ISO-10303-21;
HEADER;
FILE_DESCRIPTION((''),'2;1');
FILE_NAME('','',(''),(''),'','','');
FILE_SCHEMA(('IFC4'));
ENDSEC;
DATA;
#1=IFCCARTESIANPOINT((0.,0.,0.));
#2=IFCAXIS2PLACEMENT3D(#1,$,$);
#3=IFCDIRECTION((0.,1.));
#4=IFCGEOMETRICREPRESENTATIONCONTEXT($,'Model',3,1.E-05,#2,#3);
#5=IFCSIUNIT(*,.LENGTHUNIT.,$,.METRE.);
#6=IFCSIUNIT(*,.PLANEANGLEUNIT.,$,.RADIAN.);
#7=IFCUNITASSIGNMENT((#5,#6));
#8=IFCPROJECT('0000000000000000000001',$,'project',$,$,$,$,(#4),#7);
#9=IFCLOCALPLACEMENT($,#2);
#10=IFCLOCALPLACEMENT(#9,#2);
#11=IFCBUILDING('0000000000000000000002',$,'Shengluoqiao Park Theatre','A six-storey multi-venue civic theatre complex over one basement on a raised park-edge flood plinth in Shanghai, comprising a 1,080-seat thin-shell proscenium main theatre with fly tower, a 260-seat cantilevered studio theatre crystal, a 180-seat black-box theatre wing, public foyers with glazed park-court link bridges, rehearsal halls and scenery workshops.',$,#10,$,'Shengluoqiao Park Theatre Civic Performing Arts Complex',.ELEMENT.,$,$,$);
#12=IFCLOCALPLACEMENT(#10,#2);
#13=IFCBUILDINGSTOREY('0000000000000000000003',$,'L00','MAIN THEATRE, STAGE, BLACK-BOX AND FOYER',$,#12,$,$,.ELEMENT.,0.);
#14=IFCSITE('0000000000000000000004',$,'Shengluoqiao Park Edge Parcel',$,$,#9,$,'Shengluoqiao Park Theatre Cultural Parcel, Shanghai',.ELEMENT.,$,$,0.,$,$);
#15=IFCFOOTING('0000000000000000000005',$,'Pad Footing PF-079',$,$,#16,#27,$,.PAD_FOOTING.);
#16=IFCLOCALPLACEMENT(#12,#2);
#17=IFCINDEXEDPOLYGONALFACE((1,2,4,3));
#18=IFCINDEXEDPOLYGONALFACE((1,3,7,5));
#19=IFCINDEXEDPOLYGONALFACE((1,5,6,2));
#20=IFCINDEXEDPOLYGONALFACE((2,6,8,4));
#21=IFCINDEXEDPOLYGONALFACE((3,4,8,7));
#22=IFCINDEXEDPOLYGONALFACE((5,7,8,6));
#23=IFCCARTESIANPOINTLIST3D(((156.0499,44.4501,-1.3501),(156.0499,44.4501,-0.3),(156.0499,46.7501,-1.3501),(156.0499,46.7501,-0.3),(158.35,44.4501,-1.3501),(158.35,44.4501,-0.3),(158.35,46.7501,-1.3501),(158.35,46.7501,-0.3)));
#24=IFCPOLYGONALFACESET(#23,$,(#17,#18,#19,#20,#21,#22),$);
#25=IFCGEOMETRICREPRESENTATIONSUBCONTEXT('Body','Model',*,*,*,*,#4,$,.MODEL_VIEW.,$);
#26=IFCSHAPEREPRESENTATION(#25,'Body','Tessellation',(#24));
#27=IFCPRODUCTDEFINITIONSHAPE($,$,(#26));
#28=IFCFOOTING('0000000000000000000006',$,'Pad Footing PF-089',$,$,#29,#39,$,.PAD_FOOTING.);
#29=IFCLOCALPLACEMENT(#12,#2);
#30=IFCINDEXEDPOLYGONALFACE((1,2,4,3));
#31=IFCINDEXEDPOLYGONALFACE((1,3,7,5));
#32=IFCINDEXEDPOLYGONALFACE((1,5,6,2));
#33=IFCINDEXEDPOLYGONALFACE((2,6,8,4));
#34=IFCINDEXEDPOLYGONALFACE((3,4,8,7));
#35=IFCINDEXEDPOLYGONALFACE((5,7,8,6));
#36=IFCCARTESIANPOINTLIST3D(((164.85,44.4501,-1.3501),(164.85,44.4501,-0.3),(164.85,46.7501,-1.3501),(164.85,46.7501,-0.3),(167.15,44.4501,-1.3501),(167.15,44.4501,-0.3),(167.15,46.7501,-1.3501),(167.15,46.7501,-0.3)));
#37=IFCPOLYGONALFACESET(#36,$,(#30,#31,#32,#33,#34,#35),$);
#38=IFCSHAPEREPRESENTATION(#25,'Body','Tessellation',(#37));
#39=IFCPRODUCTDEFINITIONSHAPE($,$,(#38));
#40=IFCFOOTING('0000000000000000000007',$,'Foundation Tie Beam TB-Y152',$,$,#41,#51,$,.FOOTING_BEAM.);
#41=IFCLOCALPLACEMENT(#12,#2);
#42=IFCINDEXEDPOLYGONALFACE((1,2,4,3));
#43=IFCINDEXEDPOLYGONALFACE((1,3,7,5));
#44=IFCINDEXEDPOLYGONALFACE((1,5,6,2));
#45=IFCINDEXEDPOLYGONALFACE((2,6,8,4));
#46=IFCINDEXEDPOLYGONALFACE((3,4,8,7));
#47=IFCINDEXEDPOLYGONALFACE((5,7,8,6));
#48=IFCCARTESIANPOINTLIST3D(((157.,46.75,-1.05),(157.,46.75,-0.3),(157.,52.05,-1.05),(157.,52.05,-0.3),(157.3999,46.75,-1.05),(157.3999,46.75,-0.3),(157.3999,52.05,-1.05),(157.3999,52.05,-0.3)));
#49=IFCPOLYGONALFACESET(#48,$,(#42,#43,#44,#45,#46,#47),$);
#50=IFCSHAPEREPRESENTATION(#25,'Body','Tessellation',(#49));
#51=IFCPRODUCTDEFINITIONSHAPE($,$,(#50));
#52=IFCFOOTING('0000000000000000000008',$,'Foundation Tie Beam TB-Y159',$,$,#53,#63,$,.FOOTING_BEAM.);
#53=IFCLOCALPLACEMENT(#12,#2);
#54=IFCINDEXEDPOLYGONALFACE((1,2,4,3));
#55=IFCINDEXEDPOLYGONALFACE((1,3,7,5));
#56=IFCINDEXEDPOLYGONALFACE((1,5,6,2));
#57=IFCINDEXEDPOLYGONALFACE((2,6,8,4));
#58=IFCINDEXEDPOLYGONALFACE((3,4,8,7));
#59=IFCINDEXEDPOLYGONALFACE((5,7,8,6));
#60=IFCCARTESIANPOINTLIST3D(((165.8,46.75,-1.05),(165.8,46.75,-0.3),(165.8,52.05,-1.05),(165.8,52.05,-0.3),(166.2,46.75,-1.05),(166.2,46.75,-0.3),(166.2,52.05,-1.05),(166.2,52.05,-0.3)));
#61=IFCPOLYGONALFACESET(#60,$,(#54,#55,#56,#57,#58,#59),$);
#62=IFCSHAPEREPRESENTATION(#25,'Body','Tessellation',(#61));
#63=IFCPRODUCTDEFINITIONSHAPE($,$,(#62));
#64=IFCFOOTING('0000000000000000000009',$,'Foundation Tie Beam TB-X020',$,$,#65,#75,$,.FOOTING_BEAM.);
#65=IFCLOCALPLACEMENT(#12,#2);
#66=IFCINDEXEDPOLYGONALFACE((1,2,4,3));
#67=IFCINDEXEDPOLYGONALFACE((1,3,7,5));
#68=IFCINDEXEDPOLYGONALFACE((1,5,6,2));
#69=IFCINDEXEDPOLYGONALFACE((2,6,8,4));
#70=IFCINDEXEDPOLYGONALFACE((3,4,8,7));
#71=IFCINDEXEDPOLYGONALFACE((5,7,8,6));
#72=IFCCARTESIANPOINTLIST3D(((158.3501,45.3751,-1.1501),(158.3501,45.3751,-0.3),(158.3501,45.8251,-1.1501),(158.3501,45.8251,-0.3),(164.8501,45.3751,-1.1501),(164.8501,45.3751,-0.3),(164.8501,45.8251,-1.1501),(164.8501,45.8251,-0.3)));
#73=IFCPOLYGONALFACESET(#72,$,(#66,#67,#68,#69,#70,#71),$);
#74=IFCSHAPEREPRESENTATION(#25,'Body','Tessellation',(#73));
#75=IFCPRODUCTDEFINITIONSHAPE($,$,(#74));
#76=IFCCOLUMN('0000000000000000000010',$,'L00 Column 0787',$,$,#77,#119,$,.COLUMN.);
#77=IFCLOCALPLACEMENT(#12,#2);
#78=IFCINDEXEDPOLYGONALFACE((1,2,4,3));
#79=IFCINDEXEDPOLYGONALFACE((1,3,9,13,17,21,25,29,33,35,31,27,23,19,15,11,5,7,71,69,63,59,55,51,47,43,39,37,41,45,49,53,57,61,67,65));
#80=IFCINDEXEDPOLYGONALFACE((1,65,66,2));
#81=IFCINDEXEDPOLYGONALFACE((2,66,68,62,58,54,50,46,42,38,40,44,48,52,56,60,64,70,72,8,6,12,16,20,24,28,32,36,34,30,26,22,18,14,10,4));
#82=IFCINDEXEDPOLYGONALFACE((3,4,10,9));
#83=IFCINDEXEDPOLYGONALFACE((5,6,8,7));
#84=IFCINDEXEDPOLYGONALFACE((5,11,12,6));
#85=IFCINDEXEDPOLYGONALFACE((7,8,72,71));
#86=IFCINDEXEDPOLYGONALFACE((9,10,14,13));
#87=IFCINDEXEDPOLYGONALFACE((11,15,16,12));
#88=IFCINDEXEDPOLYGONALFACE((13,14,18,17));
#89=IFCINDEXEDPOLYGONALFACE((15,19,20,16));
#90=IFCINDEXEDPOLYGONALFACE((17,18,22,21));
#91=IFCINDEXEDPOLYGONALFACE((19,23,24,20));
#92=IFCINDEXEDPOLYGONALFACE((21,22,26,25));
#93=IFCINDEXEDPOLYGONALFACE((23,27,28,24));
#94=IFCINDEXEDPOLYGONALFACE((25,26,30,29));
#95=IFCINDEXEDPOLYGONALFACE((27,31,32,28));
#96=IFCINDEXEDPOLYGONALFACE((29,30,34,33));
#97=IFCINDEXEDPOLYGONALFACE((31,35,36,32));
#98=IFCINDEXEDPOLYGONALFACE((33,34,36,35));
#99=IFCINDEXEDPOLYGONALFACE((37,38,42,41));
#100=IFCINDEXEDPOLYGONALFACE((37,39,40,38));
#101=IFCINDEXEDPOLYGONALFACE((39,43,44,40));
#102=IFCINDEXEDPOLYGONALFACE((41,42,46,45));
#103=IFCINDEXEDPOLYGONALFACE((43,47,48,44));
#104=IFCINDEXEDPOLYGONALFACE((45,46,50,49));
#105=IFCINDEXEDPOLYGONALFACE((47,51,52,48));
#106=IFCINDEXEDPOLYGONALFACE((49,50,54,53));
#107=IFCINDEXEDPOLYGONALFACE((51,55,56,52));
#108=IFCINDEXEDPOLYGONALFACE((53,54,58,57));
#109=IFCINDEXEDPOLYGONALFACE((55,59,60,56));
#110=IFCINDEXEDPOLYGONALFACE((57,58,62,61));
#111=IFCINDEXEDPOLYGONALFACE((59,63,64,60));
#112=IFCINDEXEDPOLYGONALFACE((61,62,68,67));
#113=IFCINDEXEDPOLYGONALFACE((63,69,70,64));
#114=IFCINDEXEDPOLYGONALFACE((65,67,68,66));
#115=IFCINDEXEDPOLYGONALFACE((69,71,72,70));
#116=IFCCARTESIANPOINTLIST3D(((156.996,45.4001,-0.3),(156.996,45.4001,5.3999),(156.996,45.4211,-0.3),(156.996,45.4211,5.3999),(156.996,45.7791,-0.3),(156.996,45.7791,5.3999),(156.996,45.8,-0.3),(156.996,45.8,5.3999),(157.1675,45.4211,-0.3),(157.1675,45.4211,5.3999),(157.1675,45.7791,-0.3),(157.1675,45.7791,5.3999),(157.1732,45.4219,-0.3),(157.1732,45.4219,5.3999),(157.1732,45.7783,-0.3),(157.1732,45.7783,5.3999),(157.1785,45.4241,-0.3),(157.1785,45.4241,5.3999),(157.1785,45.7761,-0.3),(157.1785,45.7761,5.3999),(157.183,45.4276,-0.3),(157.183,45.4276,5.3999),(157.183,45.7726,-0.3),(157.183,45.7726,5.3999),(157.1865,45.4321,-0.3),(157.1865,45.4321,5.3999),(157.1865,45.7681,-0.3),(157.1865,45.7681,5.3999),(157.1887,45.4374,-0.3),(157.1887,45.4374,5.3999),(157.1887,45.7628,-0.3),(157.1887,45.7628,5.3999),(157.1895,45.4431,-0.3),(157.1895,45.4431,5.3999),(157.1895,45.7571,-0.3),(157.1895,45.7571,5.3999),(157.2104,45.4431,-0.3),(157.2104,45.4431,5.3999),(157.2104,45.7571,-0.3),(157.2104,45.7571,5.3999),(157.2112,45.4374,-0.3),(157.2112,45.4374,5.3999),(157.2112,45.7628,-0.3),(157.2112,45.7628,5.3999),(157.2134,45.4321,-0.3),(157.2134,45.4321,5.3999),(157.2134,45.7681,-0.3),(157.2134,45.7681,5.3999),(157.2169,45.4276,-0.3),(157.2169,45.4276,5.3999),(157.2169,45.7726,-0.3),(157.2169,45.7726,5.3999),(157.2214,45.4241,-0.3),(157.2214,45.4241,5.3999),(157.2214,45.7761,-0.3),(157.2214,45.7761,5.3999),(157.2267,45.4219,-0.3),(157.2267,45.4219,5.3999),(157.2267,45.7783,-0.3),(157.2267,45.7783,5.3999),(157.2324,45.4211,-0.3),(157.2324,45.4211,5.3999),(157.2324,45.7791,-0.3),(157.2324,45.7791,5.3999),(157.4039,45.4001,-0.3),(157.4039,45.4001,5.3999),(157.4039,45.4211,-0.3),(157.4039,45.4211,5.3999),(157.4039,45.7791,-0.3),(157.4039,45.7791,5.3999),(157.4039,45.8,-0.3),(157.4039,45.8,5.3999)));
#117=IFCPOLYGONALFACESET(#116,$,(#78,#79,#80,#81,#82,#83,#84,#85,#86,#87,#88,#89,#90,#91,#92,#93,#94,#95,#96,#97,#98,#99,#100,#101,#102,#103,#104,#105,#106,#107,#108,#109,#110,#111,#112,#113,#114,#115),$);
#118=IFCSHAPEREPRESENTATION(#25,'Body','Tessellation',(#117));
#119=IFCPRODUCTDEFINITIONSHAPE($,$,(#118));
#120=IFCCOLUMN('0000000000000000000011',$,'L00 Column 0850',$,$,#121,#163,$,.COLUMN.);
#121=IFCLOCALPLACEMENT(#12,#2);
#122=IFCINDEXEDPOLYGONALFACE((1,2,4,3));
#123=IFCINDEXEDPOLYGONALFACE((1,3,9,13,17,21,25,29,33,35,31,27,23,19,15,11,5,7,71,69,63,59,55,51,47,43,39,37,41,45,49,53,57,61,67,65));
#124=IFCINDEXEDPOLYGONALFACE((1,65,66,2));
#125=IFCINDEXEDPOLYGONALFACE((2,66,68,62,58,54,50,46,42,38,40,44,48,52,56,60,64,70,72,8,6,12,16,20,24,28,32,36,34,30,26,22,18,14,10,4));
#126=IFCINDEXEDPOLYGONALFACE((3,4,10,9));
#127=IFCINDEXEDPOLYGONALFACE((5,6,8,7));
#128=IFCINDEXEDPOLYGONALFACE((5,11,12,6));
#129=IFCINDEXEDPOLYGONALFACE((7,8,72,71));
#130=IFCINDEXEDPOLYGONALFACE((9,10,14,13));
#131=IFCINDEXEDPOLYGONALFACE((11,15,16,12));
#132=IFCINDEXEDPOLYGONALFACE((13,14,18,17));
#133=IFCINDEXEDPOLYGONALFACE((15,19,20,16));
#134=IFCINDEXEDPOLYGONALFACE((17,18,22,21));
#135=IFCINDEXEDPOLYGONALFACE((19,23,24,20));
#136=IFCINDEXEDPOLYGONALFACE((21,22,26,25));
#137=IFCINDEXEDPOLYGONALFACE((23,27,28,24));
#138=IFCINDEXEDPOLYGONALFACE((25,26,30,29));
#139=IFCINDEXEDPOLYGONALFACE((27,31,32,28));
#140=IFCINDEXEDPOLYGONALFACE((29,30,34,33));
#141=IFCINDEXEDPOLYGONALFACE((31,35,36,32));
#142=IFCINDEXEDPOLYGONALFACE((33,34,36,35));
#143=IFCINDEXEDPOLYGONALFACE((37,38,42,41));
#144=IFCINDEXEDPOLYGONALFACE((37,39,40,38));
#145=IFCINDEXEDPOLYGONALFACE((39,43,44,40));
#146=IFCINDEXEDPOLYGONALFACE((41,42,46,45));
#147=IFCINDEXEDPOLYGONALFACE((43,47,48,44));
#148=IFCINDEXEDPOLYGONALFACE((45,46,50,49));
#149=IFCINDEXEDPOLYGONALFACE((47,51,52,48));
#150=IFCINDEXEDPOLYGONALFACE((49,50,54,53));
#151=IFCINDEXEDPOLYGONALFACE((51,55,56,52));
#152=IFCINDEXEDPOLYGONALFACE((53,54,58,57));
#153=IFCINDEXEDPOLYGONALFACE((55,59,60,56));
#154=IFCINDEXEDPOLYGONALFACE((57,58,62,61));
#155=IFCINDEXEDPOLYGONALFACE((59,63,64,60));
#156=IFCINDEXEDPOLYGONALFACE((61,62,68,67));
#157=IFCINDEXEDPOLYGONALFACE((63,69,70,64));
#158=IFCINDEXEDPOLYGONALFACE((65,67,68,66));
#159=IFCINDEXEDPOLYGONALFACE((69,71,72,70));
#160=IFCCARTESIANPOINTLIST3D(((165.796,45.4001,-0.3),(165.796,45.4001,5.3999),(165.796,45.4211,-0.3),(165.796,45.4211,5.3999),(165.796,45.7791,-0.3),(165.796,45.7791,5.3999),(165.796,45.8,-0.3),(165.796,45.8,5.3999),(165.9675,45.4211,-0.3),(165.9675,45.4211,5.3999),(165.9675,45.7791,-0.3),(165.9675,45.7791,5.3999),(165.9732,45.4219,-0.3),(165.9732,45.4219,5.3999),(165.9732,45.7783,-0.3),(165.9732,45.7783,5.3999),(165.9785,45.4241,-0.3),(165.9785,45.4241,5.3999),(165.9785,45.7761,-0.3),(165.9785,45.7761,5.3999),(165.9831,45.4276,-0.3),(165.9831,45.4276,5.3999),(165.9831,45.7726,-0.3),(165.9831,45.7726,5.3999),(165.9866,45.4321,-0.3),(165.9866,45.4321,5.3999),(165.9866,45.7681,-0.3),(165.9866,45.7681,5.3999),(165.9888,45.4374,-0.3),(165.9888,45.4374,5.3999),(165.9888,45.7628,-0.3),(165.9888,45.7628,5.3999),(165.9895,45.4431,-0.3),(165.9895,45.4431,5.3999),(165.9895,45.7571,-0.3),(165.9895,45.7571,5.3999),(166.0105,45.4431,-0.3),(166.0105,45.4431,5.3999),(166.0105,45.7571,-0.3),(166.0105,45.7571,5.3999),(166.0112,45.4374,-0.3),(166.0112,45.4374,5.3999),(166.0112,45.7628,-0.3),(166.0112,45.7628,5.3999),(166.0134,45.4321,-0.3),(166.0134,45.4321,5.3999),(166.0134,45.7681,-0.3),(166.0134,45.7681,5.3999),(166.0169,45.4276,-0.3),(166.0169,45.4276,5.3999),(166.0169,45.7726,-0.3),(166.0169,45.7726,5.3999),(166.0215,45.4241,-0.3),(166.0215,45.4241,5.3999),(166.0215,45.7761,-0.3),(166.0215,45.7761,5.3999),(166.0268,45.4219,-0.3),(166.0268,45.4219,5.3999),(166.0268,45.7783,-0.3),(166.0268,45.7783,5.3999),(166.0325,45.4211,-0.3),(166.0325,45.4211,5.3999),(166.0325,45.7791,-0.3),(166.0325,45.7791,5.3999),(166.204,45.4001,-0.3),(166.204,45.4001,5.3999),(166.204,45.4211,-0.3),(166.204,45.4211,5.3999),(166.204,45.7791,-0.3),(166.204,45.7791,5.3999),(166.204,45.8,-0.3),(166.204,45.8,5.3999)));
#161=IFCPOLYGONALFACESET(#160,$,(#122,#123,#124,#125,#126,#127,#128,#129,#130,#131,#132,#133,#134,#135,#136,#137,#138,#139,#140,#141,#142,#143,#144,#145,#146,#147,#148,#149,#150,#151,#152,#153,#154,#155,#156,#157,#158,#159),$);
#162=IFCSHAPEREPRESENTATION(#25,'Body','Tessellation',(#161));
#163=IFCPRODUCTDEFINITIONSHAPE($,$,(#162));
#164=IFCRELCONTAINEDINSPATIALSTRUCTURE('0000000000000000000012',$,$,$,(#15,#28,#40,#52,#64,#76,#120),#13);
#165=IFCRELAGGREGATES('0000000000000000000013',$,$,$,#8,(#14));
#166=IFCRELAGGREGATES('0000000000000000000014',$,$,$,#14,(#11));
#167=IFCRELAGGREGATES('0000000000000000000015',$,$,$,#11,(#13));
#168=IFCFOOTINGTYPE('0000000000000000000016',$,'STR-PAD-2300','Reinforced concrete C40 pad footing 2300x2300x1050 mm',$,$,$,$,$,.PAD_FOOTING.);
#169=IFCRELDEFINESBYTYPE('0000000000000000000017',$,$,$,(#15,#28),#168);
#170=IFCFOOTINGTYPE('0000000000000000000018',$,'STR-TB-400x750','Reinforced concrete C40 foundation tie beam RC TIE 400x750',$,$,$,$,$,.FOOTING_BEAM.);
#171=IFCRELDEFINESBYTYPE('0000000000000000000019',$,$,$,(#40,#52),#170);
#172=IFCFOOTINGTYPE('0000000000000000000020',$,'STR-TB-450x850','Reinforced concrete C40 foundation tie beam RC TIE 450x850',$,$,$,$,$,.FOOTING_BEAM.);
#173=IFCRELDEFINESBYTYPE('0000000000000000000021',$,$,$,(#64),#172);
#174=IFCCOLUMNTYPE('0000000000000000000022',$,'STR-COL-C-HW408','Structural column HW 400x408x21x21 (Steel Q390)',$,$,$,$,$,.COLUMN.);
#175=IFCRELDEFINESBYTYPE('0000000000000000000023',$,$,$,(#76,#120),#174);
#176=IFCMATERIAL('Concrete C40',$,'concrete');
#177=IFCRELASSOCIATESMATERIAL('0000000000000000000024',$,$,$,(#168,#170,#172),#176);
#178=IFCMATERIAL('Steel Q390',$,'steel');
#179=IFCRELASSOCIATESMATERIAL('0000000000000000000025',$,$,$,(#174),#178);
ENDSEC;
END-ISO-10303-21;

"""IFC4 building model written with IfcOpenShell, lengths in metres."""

from ifc_helpers import new_model, si_unit, direction, frame, origin, origin_2d, place, context, subcontext, project, spatial, rectangle, i_section, extrude, material, material_profile, profile_set, type_object, element, save


model = new_model("IFC4")

# Units and contexts
model_context = context("Model", 3, precision=1e-05, world=origin(), true_north=direction((0.0, 1.0)))
body_context = subcontext(model_context, "Body", "Model", "MODEL_VIEW")
ifc_project = project(units=[si_unit("LENGTHUNIT", "METRE"), si_unit("PLANEANGLEUNIT", "RADIAN")], contexts=[model_context])

# Site, building, storey
site_placement = place(None, origin())
site = spatial("IfcSite", under=ifc_project, at=site_placement, Name="Shengluoqiao Park Edge Parcel", LongName="Shengluoqiao Park Theatre Cultural Parcel, Shanghai", CompositionType="ELEMENT", RefElevation=0.0)
building_placement = place(site_placement, origin())
building = spatial("IfcBuilding", under=site, at=building_placement, Name="Shengluoqiao Park Theatre", Description="A six-storey multi-venue civic theatre complex over one basement on a raised park-edge flood plinth in Shanghai, comprising a 1,080-seat thin-shell proscenium main theatre with fly tower, a 260-seat cantilevered studio theatre crystal, a 180-seat black-box theatre wing, public foyers with glazed park-court link bridges, rehearsal halls and scenery workshops.", LongName="Shengluoqiao Park Theatre Civic Performing Arts Complex", CompositionType="ELEMENT")
storey_placement = place(building_placement, origin())
storey = spatial("IfcBuildingStorey", under=building, at=storey_placement, Name="L00", Description="MAIN THEATRE, STAGE, BLACK-BOX AND FOYER", CompositionType="ELEMENT", Elevation=0.0)

# Footings
ifc_material_1 = material(Name="Concrete C40", Category="concrete")
footing_type_1 = type_object("IfcFootingType", Name="STR-PAD-2300", Description="Reinforced concrete C40 pad footing 2300x2300x1050 mm", PredefinedType="PAD_FOOTING", material=ifc_material_1)
for number, where, z_axis, x_axis, name in (
    (1, (157.2, 45.6001, -1.3501), (0.0, 0.0, 1.0), (1.0, 0.0, 0.0), "Pad Footing PF-079"),
    (2, (166.0, 45.6001, -1.3501), (0.0, 0.0, 1.0), (1.0, 0.0, 0.0), "Pad Footing PF-089"),
):
    element("IfcFooting", number, at=place(storey_placement, frame(where, z_axis=z_axis, x_axis=x_axis)), inside=storey, type_object=footing_type_1, Name=name, PredefinedType="PAD_FOOTING", context=body_context, shape_type="SweptSolid", body=[
        extrude(rectangle(XDim=2.3, YDim=2.3, at=origin_2d()), origin(), (0.0, 0.0, 1.0), 1.05),
    ])
ifc_material_profile_1 = material_profile(ifc_material_1, rectangle(XDim=0.3999, YDim=0.75, at=origin_2d()), Name="RC TIE 400x750")
ifc_profile_set_1 = profile_set([ifc_material_profile_1], Name="Concrete C40")
footing_type_2 = type_object("IfcFootingType", Name="STR-TB-400x750", Description="Reinforced concrete C40 foundation tie beam RC TIE 400x750", PredefinedType="FOOTING_BEAM", material=ifc_profile_set_1)
for number, where, z_axis, x_axis, name in (
    (3, (157.2, 46.75, -0.675), (0.0, 1.0, 0.0), (-1.0, 0.0, 0.0), "Foundation Tie Beam TB-Y152"),
    (4, (166.0, 46.75, -0.675), (0.0, 1.0, 0.0), (-1.0, 0.0, 0.0), "Foundation Tie Beam TB-Y159"),
):
    element("IfcFooting", number, at=place(storey_placement, frame(where, z_axis=z_axis, x_axis=x_axis)), inside=storey, type_object=footing_type_2, Name=name, PredefinedType="FOOTING_BEAM", context=body_context, shape_type="SweptSolid", body=[
        extrude(rectangle(XDim=0.3999, YDim=0.75, at=origin_2d()), origin(), (0.0, 0.0, 1.0), 5.3),
    ])
ifc_material_profile_2 = material_profile(ifc_material_1, rectangle(XDim=0.45, YDim=0.8501, at=origin_2d()), Name="RC TIE 450x850")
ifc_profile_set_2 = profile_set([ifc_material_profile_2], Name="Concrete C40")
footing_type_3 = type_object("IfcFootingType", Name="STR-TB-450x850", Description="Reinforced concrete C40 foundation tie beam RC TIE 450x850", PredefinedType="FOOTING_BEAM", material=ifc_profile_set_2)
footing_placement = place(storey_placement, frame((158.3501, 45.6001, -0.7251), z_axis=(1.0, 0.0, 0.0), x_axis=(0.0, 1.0, 0.0)))
element("IfcFooting", 5, at=footing_placement, inside=storey, type_object=footing_type_3, Name="Foundation Tie Beam TB-X020", PredefinedType="FOOTING_BEAM", context=body_context, shape_type="SweptSolid", body=[
    extrude(rectangle(XDim=0.45, YDim=0.8501, at=origin_2d()), origin(), (0.0, 0.0, 1.0), 6.5),
])

# Columns
ifc_material_2 = material(Name="Steel Q390", Category="steel")
ifc_material_profile_3 = material_profile(ifc_material_2, i_section(OverallWidth=0.408, OverallDepth=0.3999, WebThickness=0.021, FlangeThickness=0.021, FilletRadius=0.022, at=origin_2d()), Name="HW 400x408x21x21")
ifc_profile_set_3 = profile_set([ifc_material_profile_3], Name="Steel Q390")
column_type = type_object("IfcColumnType", Name="STR-COL-C-HW408", Description="Structural column HW 400x408x21x21 (Steel Q390)", PredefinedType="COLUMN", material=ifc_profile_set_3)
for number, where, z_axis, x_axis, name in (
    (6, (157.2, 45.6001, -0.3), (0.0, 0.0, 1.0), (1.0, 0.0, 0.0), "L00 Column 0787"),
    (7, (166.0, 45.6001, -0.3), (0.0, 0.0, 1.0), (1.0, 0.0, 0.0), "L00 Column 0850"),
):
    element("IfcColumn", number, at=place(storey_placement, frame(where, z_axis=z_axis, x_axis=x_axis)), inside=storey, type_object=column_type, Name=name, PredefinedType="COLUMN", context=body_context, shape_type="SweptSolid", body=[
        extrude(i_section(OverallWidth=0.408, OverallDepth=0.3999, WebThickness=0.021, FlangeThickness=0.021, FilletRadius=0.022, at=origin_2d()), origin(), (0.0, 0.0, 1.0), 5.7),
    ])

save(model, "model.ifc")
